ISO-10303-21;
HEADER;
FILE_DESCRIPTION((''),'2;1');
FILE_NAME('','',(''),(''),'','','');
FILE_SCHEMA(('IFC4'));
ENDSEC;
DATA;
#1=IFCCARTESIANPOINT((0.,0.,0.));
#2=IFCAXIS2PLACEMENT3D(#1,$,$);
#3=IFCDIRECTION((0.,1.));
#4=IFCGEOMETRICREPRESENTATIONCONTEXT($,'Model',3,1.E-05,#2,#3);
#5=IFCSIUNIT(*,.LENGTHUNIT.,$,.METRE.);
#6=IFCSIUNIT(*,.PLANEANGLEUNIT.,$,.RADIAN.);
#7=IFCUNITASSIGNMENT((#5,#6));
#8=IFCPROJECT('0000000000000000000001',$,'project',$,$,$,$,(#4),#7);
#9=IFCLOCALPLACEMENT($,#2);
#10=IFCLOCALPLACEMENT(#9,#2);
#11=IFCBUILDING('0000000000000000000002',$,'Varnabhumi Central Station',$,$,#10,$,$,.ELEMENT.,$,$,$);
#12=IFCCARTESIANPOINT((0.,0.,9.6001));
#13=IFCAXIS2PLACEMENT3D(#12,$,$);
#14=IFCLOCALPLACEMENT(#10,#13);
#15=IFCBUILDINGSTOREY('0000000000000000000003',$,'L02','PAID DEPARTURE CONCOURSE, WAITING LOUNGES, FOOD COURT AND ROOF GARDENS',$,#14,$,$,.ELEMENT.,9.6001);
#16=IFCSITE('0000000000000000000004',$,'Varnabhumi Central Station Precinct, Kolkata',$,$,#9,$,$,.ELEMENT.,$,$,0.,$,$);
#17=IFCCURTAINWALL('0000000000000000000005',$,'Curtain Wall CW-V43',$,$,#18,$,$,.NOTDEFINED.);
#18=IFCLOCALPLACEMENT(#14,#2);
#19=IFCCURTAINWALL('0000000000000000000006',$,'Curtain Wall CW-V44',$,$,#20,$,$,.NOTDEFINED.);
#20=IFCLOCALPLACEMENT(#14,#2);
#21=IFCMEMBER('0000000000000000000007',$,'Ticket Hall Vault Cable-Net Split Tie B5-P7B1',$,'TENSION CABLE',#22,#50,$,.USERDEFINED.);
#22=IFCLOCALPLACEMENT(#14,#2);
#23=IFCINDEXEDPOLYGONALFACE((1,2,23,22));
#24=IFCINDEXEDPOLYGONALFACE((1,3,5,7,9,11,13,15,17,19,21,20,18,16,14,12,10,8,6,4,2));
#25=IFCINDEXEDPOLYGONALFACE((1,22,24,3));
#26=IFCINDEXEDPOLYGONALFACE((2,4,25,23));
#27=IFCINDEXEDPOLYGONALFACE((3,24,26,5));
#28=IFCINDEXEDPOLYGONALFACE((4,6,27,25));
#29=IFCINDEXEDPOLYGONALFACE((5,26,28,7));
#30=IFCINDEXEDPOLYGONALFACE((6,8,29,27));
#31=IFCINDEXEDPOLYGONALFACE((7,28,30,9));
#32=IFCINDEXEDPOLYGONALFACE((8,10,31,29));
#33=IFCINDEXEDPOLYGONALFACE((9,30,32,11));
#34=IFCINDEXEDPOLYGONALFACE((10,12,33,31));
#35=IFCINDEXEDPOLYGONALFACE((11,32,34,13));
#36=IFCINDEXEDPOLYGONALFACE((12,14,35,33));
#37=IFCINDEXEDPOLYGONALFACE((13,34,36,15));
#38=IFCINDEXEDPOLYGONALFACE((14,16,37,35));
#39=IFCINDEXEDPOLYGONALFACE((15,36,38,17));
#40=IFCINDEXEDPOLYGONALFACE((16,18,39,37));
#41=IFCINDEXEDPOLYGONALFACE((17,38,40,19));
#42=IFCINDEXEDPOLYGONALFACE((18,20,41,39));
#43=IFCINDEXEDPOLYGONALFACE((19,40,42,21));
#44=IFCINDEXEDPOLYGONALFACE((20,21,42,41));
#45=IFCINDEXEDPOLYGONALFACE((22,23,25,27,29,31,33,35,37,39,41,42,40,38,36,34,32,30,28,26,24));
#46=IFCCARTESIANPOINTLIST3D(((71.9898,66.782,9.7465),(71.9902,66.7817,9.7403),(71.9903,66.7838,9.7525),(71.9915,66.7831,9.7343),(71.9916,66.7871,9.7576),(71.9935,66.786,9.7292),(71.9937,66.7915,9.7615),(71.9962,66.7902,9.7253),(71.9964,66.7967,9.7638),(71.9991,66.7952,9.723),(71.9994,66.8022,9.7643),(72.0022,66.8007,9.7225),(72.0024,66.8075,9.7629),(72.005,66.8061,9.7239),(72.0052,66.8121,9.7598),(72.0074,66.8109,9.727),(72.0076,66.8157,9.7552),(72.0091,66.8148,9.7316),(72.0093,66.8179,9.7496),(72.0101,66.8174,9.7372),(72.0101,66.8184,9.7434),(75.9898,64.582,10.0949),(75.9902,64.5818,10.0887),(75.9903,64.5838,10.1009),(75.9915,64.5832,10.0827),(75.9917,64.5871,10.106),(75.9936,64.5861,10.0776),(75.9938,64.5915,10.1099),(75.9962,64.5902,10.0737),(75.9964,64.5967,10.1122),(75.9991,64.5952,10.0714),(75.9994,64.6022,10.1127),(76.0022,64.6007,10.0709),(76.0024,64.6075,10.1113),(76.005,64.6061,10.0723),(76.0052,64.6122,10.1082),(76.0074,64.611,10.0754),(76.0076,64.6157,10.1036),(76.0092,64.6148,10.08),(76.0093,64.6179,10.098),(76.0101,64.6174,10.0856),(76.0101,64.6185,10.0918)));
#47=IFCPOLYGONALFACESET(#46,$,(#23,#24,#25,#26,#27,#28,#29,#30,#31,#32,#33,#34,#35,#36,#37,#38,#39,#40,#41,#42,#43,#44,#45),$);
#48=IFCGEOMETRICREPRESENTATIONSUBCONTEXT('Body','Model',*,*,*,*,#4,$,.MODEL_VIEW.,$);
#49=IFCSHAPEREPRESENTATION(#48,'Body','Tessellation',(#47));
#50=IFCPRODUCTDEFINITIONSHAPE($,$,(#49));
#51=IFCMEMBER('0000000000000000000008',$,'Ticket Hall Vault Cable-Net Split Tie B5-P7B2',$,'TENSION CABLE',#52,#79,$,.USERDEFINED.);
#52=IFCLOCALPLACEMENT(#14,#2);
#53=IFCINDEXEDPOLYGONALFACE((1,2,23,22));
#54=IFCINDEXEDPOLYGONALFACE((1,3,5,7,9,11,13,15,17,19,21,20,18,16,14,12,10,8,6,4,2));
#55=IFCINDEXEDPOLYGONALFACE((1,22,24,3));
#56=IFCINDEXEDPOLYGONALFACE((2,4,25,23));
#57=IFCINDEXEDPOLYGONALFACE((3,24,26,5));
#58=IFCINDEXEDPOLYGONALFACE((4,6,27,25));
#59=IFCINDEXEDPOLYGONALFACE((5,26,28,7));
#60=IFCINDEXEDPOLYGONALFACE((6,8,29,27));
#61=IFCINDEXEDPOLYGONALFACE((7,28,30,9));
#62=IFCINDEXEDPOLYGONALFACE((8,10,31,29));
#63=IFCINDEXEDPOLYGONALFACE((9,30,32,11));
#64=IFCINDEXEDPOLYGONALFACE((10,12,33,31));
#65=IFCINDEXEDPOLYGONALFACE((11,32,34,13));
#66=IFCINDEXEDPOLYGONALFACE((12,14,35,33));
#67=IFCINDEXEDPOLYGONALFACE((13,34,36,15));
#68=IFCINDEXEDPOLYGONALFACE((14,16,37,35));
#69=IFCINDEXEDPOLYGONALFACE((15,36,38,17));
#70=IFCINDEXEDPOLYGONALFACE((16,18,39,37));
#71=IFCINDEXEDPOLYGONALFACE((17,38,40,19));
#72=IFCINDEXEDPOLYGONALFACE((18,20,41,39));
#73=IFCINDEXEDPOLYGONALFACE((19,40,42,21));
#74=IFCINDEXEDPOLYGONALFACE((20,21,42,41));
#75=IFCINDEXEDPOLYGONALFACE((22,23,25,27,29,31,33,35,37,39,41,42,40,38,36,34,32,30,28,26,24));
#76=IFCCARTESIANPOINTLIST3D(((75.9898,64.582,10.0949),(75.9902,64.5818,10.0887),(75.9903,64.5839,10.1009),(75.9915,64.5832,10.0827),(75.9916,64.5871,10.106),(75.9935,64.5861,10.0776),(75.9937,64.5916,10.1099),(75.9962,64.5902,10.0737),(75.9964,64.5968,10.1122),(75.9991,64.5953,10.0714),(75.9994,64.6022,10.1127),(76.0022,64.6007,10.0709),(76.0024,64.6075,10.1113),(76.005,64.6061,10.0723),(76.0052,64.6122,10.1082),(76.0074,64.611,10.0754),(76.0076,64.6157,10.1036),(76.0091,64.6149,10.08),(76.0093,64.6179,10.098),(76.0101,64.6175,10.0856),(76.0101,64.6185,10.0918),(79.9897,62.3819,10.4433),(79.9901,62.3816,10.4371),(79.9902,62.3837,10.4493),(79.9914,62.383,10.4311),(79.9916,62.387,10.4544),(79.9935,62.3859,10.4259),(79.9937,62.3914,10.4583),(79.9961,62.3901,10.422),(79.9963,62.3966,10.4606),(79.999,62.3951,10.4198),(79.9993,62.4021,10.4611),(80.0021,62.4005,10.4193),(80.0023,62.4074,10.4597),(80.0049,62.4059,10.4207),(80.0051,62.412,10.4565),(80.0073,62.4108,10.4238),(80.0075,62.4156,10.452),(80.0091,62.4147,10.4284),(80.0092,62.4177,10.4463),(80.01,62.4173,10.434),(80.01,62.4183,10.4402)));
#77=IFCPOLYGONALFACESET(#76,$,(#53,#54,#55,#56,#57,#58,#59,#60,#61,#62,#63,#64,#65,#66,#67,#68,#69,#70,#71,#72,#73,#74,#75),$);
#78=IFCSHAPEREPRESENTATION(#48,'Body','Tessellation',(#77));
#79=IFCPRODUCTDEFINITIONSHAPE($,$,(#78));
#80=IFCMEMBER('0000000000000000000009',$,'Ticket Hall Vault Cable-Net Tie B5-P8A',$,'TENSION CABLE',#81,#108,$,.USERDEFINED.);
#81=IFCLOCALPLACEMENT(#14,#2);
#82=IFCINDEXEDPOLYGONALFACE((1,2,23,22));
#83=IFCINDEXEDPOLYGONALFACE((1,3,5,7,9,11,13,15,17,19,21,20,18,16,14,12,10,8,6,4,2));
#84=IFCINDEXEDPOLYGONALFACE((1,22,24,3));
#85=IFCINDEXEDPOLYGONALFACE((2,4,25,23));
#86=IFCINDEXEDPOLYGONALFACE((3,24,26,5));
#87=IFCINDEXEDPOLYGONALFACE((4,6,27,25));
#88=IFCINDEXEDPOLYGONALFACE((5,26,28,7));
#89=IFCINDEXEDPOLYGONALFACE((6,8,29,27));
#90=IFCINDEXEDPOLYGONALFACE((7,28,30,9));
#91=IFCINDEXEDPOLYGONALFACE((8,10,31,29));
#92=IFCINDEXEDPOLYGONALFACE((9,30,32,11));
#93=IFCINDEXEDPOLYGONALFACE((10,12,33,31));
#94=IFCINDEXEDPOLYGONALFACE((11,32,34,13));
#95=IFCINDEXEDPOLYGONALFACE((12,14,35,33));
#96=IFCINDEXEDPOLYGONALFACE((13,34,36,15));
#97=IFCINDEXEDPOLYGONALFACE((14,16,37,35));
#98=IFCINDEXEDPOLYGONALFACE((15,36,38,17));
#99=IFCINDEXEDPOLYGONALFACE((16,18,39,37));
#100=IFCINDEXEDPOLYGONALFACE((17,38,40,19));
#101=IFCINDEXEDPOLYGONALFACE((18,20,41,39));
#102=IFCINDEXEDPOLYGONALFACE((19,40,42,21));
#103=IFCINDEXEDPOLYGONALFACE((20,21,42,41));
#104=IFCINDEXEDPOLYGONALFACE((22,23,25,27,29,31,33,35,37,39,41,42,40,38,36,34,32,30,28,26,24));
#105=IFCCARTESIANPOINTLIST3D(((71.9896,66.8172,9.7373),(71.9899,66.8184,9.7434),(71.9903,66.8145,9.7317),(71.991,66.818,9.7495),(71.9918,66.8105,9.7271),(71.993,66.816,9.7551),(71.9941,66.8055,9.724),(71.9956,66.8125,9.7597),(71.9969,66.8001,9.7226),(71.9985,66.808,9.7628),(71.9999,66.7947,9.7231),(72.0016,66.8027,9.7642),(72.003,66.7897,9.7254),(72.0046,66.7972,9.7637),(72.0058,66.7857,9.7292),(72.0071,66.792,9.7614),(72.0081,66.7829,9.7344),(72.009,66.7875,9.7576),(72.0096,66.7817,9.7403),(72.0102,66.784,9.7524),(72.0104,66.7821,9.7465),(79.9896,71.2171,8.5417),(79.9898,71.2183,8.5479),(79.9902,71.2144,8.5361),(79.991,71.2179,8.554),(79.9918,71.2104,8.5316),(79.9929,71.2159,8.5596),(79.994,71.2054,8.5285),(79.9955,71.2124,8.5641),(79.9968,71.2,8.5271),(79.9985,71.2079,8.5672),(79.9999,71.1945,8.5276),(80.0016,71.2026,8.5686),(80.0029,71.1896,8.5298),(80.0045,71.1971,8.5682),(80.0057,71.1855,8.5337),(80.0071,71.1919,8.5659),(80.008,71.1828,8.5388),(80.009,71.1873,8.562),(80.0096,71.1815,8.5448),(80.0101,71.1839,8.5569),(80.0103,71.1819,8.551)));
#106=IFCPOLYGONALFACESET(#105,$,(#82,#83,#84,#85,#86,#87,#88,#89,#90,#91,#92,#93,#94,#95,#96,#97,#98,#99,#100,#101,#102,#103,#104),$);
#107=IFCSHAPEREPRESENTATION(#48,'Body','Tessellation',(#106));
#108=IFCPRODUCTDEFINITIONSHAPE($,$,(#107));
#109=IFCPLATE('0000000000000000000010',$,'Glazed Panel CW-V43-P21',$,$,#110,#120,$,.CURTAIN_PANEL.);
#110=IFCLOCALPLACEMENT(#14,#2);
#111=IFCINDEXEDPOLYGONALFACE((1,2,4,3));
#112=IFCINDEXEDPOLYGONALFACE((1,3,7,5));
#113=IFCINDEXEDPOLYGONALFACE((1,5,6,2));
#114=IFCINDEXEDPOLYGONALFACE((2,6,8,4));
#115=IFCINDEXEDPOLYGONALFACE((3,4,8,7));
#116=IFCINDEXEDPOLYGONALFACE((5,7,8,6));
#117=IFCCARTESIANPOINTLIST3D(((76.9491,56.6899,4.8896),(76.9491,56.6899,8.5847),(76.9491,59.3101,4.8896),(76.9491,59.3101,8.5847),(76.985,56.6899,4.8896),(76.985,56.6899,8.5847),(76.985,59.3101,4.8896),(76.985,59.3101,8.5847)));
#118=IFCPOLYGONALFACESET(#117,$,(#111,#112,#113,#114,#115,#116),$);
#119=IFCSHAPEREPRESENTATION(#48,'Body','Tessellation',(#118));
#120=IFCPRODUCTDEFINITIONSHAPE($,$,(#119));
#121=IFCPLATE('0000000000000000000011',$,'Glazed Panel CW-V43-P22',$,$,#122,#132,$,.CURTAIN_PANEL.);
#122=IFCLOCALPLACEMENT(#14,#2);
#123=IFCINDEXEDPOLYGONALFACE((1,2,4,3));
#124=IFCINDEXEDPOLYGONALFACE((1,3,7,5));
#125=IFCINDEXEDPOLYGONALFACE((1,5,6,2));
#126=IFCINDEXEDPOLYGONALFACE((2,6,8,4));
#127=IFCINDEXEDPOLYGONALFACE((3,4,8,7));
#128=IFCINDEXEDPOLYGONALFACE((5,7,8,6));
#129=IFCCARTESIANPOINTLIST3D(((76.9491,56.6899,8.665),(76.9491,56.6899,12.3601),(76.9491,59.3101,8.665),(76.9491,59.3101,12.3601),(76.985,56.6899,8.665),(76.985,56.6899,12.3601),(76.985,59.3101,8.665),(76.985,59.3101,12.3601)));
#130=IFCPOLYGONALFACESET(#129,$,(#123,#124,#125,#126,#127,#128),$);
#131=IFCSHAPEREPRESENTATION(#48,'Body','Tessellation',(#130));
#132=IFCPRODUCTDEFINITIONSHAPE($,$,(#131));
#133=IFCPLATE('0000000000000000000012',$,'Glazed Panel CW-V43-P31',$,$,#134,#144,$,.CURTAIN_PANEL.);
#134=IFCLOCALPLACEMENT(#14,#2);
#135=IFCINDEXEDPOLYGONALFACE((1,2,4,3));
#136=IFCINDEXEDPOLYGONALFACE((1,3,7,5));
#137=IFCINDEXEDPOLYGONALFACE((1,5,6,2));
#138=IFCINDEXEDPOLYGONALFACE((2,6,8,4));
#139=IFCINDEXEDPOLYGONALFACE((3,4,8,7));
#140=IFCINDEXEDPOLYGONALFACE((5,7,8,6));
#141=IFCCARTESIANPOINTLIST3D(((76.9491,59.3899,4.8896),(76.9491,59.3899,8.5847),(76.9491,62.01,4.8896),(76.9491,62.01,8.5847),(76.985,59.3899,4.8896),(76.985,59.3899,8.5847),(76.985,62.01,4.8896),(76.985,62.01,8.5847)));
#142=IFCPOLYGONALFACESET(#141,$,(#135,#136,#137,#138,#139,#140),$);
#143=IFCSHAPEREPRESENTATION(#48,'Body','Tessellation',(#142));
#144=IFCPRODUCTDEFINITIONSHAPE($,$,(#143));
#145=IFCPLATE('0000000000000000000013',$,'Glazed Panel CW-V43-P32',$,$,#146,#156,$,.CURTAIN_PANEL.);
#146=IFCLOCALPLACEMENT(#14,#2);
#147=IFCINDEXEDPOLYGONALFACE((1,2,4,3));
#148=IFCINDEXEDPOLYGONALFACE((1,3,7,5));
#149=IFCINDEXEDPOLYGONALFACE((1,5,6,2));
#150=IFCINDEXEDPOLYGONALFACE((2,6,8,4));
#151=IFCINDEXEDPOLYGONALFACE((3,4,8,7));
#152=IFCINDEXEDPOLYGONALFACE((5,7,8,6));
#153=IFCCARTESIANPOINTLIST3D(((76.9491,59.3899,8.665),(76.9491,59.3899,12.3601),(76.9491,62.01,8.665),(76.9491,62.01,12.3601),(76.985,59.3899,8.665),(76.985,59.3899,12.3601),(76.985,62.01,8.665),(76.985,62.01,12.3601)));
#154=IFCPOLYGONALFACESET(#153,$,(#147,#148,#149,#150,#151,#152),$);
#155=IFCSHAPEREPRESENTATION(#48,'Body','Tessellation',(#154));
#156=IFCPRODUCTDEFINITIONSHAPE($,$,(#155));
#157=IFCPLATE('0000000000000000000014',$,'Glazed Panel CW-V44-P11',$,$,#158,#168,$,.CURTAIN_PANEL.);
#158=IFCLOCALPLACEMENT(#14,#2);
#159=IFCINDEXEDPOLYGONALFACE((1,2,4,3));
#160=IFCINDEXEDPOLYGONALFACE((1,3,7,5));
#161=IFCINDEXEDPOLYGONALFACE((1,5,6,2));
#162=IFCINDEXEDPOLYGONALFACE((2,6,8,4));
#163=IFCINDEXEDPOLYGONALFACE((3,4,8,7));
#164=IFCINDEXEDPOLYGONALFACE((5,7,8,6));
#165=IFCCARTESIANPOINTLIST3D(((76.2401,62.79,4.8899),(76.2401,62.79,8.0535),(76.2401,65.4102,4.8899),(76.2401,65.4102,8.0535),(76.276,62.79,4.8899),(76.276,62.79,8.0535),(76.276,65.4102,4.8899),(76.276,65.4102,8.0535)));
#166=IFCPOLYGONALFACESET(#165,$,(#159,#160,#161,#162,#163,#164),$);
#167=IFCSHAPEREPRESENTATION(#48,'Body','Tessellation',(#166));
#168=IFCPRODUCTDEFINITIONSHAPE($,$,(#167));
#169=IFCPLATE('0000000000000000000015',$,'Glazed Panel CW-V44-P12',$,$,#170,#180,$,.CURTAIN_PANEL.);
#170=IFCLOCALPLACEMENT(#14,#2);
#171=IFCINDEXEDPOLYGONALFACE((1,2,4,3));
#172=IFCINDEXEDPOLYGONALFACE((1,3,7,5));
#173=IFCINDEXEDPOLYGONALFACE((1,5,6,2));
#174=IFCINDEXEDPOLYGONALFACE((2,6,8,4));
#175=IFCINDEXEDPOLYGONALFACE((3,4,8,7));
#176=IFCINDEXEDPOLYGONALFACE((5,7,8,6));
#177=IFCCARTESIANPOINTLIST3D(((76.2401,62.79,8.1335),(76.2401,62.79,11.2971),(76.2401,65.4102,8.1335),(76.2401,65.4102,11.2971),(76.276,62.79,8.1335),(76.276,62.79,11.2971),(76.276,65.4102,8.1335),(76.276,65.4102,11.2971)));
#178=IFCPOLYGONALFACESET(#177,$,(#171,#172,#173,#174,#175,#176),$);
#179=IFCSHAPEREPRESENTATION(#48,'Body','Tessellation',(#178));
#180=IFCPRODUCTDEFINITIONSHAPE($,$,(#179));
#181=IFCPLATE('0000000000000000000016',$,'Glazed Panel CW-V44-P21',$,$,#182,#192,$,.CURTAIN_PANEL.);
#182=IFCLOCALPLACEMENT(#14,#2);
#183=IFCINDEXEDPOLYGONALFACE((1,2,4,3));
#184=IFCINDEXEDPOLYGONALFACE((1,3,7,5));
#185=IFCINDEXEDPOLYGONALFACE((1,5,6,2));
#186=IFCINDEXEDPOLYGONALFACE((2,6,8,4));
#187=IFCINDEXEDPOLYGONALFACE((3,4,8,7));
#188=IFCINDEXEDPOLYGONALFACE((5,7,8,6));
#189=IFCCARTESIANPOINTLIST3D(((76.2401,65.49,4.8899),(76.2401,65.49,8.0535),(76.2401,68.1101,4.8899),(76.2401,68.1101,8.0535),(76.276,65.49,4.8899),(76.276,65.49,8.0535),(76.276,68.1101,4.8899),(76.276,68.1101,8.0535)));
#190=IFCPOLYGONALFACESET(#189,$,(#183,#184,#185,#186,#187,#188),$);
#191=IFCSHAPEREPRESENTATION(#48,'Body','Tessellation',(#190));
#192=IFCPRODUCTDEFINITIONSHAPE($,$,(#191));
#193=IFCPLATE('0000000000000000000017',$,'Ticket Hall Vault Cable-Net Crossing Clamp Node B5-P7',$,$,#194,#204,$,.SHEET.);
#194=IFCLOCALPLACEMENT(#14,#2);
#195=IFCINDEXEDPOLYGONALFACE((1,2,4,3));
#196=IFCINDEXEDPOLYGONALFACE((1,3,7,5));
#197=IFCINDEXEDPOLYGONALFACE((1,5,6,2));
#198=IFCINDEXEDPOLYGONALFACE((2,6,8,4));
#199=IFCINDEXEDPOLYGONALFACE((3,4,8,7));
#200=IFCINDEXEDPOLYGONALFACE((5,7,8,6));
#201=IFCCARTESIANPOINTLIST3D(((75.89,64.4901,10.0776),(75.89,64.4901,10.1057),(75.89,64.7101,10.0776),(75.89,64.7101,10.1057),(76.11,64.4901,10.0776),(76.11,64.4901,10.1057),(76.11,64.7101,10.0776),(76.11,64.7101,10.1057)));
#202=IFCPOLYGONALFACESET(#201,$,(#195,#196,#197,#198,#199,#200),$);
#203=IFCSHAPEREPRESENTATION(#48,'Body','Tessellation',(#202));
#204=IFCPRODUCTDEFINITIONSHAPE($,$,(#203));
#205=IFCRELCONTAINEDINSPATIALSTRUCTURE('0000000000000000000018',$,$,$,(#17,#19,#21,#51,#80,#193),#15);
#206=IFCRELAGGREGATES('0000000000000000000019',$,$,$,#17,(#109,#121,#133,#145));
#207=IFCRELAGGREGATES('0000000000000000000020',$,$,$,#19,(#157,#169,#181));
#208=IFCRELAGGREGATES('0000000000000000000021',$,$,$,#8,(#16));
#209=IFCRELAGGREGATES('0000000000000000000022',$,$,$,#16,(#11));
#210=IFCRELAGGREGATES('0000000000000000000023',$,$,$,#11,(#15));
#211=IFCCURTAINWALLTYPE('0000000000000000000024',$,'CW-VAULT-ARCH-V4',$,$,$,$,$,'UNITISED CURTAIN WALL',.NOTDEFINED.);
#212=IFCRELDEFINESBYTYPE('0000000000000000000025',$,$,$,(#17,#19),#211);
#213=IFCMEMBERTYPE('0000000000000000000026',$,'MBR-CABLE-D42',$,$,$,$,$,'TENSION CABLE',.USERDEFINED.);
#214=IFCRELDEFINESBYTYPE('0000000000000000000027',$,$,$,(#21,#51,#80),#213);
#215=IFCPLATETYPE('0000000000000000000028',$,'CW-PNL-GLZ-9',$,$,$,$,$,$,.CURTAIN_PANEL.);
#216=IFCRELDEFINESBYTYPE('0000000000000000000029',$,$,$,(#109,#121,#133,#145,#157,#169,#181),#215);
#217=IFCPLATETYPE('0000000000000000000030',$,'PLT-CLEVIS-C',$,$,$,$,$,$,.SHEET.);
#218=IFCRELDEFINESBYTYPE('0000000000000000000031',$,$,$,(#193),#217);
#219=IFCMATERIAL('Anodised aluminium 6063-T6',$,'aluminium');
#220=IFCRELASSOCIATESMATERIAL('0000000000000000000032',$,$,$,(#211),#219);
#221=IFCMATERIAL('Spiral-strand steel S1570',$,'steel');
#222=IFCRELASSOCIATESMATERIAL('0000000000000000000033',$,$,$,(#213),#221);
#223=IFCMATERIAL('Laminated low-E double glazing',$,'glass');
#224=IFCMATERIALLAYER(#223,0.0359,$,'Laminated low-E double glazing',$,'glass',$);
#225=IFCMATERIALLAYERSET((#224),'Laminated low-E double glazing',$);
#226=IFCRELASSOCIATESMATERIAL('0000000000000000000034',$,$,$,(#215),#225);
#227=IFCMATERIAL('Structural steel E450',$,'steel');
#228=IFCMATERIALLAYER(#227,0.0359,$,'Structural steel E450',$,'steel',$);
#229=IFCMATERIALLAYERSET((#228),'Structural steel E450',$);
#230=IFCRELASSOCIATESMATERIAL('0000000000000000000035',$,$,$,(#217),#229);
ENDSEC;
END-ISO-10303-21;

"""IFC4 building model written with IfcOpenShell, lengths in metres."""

from ifc_helpers import new_model, si_unit, direction, frame, origin, origin_2d, place, context, subcontext, project, spatial, rectangle, circle, extrude, material, layer, layer_set, material_profile, profile_set, type_object, element, aggregate, save


model = new_model("IFC4")

# Units and contexts
model_context = context("Model", 3, precision=1e-05, world=origin(), true_north=direction((0.0, 1.0)))
body_context = subcontext(model_context, "Body", "Model", "MODEL_VIEW")
ifc_project = project(units=[si_unit("LENGTHUNIT", "METRE"), si_unit("PLANEANGLEUNIT", "RADIAN")], contexts=[model_context])

# Site, building, storey
site_placement = place(None, origin())
site = spatial("IfcSite", under=ifc_project, at=site_placement, Name="Varnabhumi Central Station Precinct, Kolkata", CompositionType="ELEMENT", RefElevation=0.0)
building_placement = place(site_placement, origin())
building = spatial("IfcBuilding", under=site, at=building_placement, Name="Varnabhumi Central Station", CompositionType="ELEMENT")
storey_placement = place(building_placement, frame((0.0, 0.0, 9.6001)))
storey = spatial("IfcBuildingStorey", under=building, at=storey_placement, Name="L02", Description="PAID DEPARTURE CONCOURSE, WAITING LOUNGES, FOOD COURT AND ROOF GARDENS", CompositionType="ELEMENT", Elevation=9.6001)

# Shared definitions
ifc_material_1 = material(Name="Structural steel E450", Category="steel")

# Curtain walls
ifc_material_2 = material(Name="Anodised aluminium 6063-T6", Category="aluminium")
curtain_wall_type = type_object("IfcCurtainWallType", Name="CW-VAULT-ARCH-V4", ElementType="UNITISED CURTAIN WALL", PredefinedType="NOTDEFINED", material=ifc_material_2)
curtain_wall_1_placement = place(storey_placement, origin())
curtain_wall_1 = element("IfcCurtainWall", 1, at=curtain_wall_1_placement, inside=storey, type_object=curtain_wall_type, Name="Curtain Wall CW-V43", PredefinedType="NOTDEFINED")
curtain_wall_2_placement = place(storey_placement, origin())
curtain_wall_2 = element("IfcCurtainWall", 2, at=curtain_wall_2_placement, inside=storey, type_object=curtain_wall_type, Name="Curtain Wall CW-V44", PredefinedType="NOTDEFINED")

# Members
ifc_material_3 = material(Name="Spiral-strand steel S1570", Category="steel")
ifc_material_profile_1 = material_profile(ifc_material_3, circle(Radius=0.021, at=origin_2d()), Name="Spiral-strand steel S1570", Category="steel")
ifc_profile_set_1 = profile_set([ifc_material_profile_1], Name="Spiral-strand steel S1570")
member_type_1 = type_object("IfcMemberType", Name="MBR-CABLE-D42", ElementType="TENSION CABLE", PredefinedType="USERDEFINED", material=ifc_profile_set_1)
for number, where, z_axis, x_axis, name in (
    (3, (72.0, 66.8, 9.7434), (0.87368, -0.480513, 0.076095), (0.481911, 0.87622, 0.0), "Ticket Hall Vault Cable-Net Split Tie B5-P7B1"),
    (4, (76.0, 64.6001, 10.0918), (0.873657, -0.480554, 0.076093), (0.481952, 0.876198, 0.0), "Ticket Hall Vault Cable-Net Split Tie B5-P7B2"),
):
    element("IfcMember", number, at=place(storey_placement, frame(where, z_axis=z_axis, x_axis=x_axis)), inside=storey, type_object=member_type_1, Name=name, ObjectType="TENSION CABLE", PredefinedType="USERDEFINED", context=body_context, shape_type="SweptSolid", body=[
        extrude(circle(Radius=0.021, at=origin_2d()), origin(), (0.0, 0.0, 1.0), 4.5784),
    ])
member_1_placement = place(storey_placement, frame((72.0, 66.8, 9.7434), z_axis=(0.868803, 0.477831, -0.129838), x_axis=(-0.481911, 0.87622, 0.0)))
element("IfcMember", 5, at=member_1_placement, inside=storey, type_object=member_type_1, Name="Ticket Hall Vault Cable-Net Tie B5-P8A", ObjectType="TENSION CABLE", PredefinedType="USERDEFINED", context=body_context, shape_type="SweptSolid", body=[
    extrude(circle(Radius=0.021, at=origin_2d()), origin(), (0.0, 0.0, 1.0), 9.208),
])

# Plates
ifc_material_4 = material(Name="Laminated low-E double glazing", Category="glass")
ifc_layer_1 = layer(ifc_material_4, 0.0359, Name="Laminated low-E double glazing", Category="glass")
ifc_layer_set_1 = layer_set([ifc_layer_1], Name="Laminated low-E double glazing")
plate_type_1 = type_object("IfcPlateType", Name="CW-PNL-GLZ-9", PredefinedType="CURTAIN_PANEL", material=ifc_layer_set_1)
plate_1_placement = place(storey_placement, frame((76.967, 58.0, 4.8896), z_axis=(0.0, 0.0, 1.0), x_axis=(0.0, 1.0, 0.0)))
plate_1 = element("IfcPlate", 6, at=plate_1_placement, type_object=plate_type_1, Name="Glazed Panel CW-V43-P21", PredefinedType="CURTAIN_PANEL", context=body_context, shape_type="SweptSolid", body=[
    extrude(rectangle(XDim=2.6201, YDim=0.0359, at=origin_2d()), origin(), (0.0, 0.0, 1.0), 3.6951),
])
plate_2_placement = place(storey_placement, frame((76.967, 58.0, 8.665), z_axis=(0.0, 0.0, 1.0), x_axis=(0.0, 1.0, 0.0)))
plate_2 = element("IfcPlate", 7, at=plate_2_placement, type_object=plate_type_1, Name="Glazed Panel CW-V43-P22", PredefinedType="CURTAIN_PANEL", context=body_context, shape_type="SweptSolid", body=[
    extrude(rectangle(XDim=2.6201, YDim=0.0359, at=origin_2d()), origin(), (0.0, 0.0, 1.0), 3.6951),
])
plate_3_placement = place(storey_placement, frame((76.967, 60.7, 4.8896), z_axis=(0.0, 0.0, 1.0), x_axis=(0.0, 1.0, 0.0)))
plate_3 = element("IfcPlate", 8, at=plate_3_placement, type_object=plate_type_1, Name="Glazed Panel CW-V43-P31", PredefinedType="CURTAIN_PANEL", context=body_context, shape_type="SweptSolid", body=[
    extrude(rectangle(XDim=2.6201, YDim=0.0359, at=origin_2d()), origin(), (0.0, 0.0, 1.0), 3.6951),
])
plate_4_placement = place(storey_placement, frame((76.967, 60.7, 8.665), z_axis=(0.0, 0.0, 1.0), x_axis=(0.0, 1.0, 0.0)))
plate_4 = element("IfcPlate", 9, at=plate_4_placement, type_object=plate_type_1, Name="Glazed Panel CW-V43-P32", PredefinedType="CURTAIN_PANEL", context=body_context, shape_type="SweptSolid", body=[
    extrude(rectangle(XDim=2.6201, YDim=0.0359, at=origin_2d()), origin(), (0.0, 0.0, 1.0), 3.6951),
])
aggregate(curtain_wall_1, [plate_1, plate_2, plate_3, plate_4])
plate_5_placement = place(storey_placement, frame((76.2581, 64.1001, 4.8899), z_axis=(0.0, 0.0, 1.0), x_axis=(0.0, 1.0, 0.0)))
plate_5 = element("IfcPlate", 10, at=plate_5_placement, type_object=plate_type_1, Name="Glazed Panel CW-V44-P11", PredefinedType="CURTAIN_PANEL", context=body_context, shape_type="SweptSolid", body=[
    extrude(rectangle(XDim=2.6201, YDim=0.0359, at=origin_2d()), origin(), (0.0, 0.0, 1.0), 3.1636),
])
plate_6_placement = place(storey_placement, frame((76.2581, 64.1001, 8.1335), z_axis=(0.0, 0.0, 1.0), x_axis=(0.0, 1.0, 0.0)))
plate_6 = element("IfcPlate", 11, at=plate_6_placement, type_object=plate_type_1, Name="Glazed Panel CW-V44-P12", PredefinedType="CURTAIN_PANEL", context=body_context, shape_type="SweptSolid", body=[
    extrude(rectangle(XDim=2.6201, YDim=0.0359, at=origin_2d()), origin(), (0.0, 0.0, 1.0), 3.1636),
])
plate_7_placement = place(storey_placement, frame((76.2581, 66.8, 4.8899), z_axis=(0.0, 0.0, 1.0), x_axis=(0.0, 1.0, 0.0)))
plate_7 = element("IfcPlate", 12, at=plate_7_placement, type_object=plate_type_1, Name="Glazed Panel CW-V44-P21", PredefinedType="CURTAIN_PANEL", context=body_context, shape_type="SweptSolid", body=[
    extrude(rectangle(XDim=2.6201, YDim=0.0359, at=origin_2d()), origin(), (0.0, 0.0, 1.0), 3.1636),
])
aggregate(curtain_wall_2, [plate_5, plate_6, plate_7])
ifc_layer_2 = layer(ifc_material_1, 0.0359, Name="Structural steel E450", Category="steel")
ifc_layer_set_2 = layer_set([ifc_layer_2], Name="Structural steel E450")
plate_type_2 = type_object("IfcPlateType", Name="PLT-CLEVIS-C", PredefinedType="SHEET", material=ifc_layer_set_2)
plate_8_placement = place(storey_placement, frame((76.0, 64.6001, 10.0776), z_axis=(0.0, 0.0, 1.0), x_axis=(1.0, 0.0, 0.0)))
element("IfcPlate", 13, at=plate_8_placement, inside=storey, type_object=plate_type_2, Name="Ticket Hall Vault Cable-Net Crossing Clamp Node B5-P7", PredefinedType="SHEET", context=body_context, shape_type="SweptSolid", body=[
    extrude(rectangle(XDim=0.22, YDim=0.22, at=origin_2d()), origin(), (0.0, 0.0, 1.0), 0.0281),
])

save(model, "model.ifc")
